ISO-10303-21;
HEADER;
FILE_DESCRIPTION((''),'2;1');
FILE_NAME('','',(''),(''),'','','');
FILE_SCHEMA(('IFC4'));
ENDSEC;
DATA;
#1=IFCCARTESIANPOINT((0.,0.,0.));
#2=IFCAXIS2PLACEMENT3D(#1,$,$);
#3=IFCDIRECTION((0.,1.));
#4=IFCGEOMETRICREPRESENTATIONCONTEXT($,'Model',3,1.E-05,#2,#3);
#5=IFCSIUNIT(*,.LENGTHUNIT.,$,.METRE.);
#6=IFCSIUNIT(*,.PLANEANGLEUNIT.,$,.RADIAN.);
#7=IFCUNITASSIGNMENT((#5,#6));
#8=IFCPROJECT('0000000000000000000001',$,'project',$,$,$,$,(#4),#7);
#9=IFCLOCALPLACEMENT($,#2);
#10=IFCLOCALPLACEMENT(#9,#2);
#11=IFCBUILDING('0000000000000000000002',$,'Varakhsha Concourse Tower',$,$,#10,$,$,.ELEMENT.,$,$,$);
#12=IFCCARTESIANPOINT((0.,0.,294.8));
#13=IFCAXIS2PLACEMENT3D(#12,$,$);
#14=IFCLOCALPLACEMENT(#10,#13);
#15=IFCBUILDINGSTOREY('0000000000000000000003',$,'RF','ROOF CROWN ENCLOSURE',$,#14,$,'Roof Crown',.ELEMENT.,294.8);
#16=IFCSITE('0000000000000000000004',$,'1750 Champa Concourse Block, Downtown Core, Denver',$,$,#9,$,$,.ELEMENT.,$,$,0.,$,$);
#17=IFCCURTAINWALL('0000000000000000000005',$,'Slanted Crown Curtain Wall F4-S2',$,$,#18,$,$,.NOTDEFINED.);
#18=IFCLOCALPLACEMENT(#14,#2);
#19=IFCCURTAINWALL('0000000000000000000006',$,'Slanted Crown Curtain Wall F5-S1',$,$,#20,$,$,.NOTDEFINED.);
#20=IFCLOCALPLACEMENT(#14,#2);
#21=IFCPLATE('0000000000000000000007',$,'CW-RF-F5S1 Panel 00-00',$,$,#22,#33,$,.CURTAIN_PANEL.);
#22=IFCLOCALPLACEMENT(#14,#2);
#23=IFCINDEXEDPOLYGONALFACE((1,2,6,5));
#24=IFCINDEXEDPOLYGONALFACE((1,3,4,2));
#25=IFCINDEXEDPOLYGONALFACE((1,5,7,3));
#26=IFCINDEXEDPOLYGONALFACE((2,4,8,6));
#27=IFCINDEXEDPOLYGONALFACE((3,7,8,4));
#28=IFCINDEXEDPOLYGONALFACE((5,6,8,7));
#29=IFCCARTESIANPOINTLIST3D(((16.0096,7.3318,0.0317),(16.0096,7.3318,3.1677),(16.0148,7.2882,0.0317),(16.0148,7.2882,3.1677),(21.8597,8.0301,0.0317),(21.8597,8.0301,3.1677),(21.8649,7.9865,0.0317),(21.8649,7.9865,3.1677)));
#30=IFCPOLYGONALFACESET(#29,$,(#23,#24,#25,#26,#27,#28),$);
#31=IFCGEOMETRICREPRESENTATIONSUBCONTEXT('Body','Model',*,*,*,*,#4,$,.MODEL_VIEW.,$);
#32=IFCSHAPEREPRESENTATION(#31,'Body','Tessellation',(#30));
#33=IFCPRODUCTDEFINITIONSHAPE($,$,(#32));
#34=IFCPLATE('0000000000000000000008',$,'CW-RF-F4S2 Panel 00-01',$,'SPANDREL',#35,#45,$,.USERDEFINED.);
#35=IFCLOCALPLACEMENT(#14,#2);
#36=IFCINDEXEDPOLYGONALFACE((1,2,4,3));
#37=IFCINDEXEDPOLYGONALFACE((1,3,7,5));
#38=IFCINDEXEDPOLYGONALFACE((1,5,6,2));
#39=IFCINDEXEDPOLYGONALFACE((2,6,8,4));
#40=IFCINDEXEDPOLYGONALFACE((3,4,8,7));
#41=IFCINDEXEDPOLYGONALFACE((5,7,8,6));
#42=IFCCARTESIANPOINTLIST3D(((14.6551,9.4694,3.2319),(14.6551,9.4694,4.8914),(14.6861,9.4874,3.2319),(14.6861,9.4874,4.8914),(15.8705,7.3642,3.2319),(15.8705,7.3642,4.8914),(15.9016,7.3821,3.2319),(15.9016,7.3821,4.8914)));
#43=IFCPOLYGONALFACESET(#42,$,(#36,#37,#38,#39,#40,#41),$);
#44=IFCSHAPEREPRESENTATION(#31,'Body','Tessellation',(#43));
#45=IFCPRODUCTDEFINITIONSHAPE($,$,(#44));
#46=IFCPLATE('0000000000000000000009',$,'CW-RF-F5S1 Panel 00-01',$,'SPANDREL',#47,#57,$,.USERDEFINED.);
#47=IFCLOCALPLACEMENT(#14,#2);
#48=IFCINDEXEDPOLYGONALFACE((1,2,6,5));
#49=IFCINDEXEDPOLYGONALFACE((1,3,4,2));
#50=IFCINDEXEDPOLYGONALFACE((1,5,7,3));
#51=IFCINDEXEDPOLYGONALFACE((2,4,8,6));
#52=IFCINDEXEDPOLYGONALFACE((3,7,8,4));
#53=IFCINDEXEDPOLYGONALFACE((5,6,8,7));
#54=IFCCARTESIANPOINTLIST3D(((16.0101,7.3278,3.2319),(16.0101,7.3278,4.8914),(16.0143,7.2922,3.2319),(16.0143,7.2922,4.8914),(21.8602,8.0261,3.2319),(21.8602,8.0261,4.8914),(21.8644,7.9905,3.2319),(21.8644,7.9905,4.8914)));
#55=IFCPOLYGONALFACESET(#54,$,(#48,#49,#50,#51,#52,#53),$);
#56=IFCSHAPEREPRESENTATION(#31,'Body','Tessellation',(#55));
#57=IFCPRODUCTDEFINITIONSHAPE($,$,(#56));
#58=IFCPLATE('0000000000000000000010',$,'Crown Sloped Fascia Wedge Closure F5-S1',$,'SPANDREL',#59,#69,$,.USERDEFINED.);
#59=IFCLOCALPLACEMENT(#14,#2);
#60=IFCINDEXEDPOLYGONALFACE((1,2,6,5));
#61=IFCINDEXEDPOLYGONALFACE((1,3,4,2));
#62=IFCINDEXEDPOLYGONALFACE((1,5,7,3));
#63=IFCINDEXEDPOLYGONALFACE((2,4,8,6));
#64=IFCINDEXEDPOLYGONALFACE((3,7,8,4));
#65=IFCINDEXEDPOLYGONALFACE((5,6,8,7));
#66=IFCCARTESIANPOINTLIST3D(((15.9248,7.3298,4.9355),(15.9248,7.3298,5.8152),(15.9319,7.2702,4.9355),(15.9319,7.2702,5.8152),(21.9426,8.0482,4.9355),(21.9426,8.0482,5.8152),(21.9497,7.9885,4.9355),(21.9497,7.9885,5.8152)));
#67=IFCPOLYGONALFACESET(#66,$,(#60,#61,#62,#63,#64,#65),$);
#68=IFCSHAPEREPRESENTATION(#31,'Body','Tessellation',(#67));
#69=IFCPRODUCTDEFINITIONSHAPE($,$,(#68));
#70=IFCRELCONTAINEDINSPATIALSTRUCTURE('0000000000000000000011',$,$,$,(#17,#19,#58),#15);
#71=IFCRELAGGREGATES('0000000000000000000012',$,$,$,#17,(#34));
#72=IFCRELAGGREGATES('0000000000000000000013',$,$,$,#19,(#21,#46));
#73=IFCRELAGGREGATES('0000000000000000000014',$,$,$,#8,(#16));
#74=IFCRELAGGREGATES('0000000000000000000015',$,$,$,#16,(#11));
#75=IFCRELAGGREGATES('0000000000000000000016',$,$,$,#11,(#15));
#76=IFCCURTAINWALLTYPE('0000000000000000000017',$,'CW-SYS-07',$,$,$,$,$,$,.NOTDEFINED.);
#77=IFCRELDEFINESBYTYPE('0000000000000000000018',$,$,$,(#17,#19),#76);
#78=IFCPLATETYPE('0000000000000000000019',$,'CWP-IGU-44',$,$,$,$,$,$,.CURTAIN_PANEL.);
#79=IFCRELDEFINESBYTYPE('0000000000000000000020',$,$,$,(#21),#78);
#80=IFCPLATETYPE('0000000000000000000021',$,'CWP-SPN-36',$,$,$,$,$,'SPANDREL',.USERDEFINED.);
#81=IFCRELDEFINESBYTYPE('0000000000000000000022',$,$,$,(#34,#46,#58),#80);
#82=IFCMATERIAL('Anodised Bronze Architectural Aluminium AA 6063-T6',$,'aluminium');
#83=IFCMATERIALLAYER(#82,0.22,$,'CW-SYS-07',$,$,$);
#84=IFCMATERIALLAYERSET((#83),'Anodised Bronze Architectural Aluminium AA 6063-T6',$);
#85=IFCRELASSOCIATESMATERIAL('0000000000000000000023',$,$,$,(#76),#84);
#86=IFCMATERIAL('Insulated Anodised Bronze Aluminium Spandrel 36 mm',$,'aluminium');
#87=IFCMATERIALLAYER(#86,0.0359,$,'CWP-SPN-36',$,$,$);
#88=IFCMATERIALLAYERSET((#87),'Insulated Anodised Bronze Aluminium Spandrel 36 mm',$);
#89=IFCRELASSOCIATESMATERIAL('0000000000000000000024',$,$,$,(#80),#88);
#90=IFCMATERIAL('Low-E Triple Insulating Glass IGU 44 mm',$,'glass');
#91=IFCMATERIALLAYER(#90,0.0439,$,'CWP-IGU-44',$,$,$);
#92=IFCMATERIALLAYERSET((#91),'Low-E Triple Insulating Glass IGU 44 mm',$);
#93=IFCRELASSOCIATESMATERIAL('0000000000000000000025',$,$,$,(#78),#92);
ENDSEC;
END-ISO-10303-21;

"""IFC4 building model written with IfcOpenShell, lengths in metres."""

from ifc_helpers import new_model, si_unit, direction, frame, origin, origin_2d, place, context, subcontext, project, spatial, rectangle, extrude, source, transform, mapped, material, layer, layer_set, type_object, type_shapes, element, aggregate, save


model = new_model("IFC4")

# Units and contexts
model_context = context("Model", 3, precision=1e-05, world=origin(), true_north=direction((0.0, 1.0)))
body_context = subcontext(model_context, "Body", "Model", "MODEL_VIEW")
ifc_project = project(units=[si_unit("LENGTHUNIT", "METRE"), si_unit("PLANEANGLEUNIT", "RADIAN")], contexts=[model_context])

# Site, building, storey
site_placement = place(None, origin())
site = spatial("IfcSite", under=ifc_project, at=site_placement, Name="1750 Champa Concourse Block, Downtown Core, Denver", CompositionType="ELEMENT", RefElevation=0.0)
building_placement = place(site_placement, origin())
building = spatial("IfcBuilding", under=site, at=building_placement, Name="Varakhsha Concourse Tower", CompositionType="ELEMENT")
storey_placement = place(building_placement, frame((0.0, 0.0, 294.8)))
storey = spatial("IfcBuildingStorey", under=building, at=storey_placement, Name="RF", Description="ROOF CROWN ENCLOSURE", LongName="Roof Crown", CompositionType="ELEMENT", Elevation=294.8)

# Curtain wall
ifc_material_1 = material(Name="Anodised Bronze Architectural Aluminium AA 6063-T6", Category="aluminium")
ifc_layer_1 = layer(ifc_material_1, 0.22, Name="CW-SYS-07")
ifc_layer_set_1 = layer_set([ifc_layer_1], Name="Anodised Bronze Architectural Aluminium AA 6063-T6")
curtain_wall_type = type_object("IfcCurtainWallType", Name="CW-SYS-07", PredefinedType="NOTDEFINED", material=ifc_layer_set_1)
curtain_wall_1_placement = place(storey_placement, origin())
curtain_wall_1 = element("IfcCurtainWall", 1, at=curtain_wall_1_placement, inside=storey, type_object=curtain_wall_type, Name="Slanted Crown Curtain Wall F4-S2", PredefinedType="NOTDEFINED")

# Curtain wall
curtain_wall_2_placement = place(storey_placement, origin())
curtain_wall_2 = element("IfcCurtainWall", 2, at=curtain_wall_2_placement, inside=storey, type_object=curtain_wall_type, Name="Slanted Crown Curtain Wall F5-S1", PredefinedType="NOTDEFINED")

# Plates
ifc_material_2 = material(Name="Insulated Anodised Bronze Aluminium Spandrel 36 mm", Category="aluminium")
ifc_layer_2 = layer(ifc_material_2, 0.0359, Name="CWP-SPN-36")
ifc_layer_set_2 = layer_set([ifc_layer_2], Name="Insulated Anodised Bronze Aluminium Spandrel 36 mm")
plate_type_1 = type_object("IfcPlateType", Name="CWP-SPN-36", ElementType="SPANDREL", PredefinedType="USERDEFINED", material=ifc_layer_set_2)
ifc_material_3 = material(Name="Low-E Triple Insulating Glass IGU 44 mm", Category="glass")
ifc_layer_3 = layer(ifc_material_3, 0.0439, Name="CWP-IGU-44")
ifc_layer_set_3 = layer_set([ifc_layer_3], Name="Low-E Triple Insulating Glass IGU 44 mm")
plate_type_2 = type_object("IfcPlateType", Name="CWP-IGU-44", PredefinedType="CURTAIN_PANEL", material=ifc_layer_set_3)
shared_shape_1 = source(origin(), body_context, "Body", "SweptSolid", [
    extrude(rectangle(XDim=5.8916, YDim=0.0439, at=origin_2d()), origin(), (0.0, 0.0, 1.0), 3.136),
])
type_shapes(plate_type_2, [shared_shape_1])
plate_1_placement = place(storey_placement, frame((18.9373, 7.6592, 0.0317), z_axis=(0.0, 0.0, 1.0), x_axis=(-0.992951, -0.118525, 0.0)))
plate_1 = element("IfcPlate", 3, at=plate_1_placement, type_object=plate_type_2, Name="CW-RF-F5S1 Panel 00-00", PredefinedType="CURTAIN_PANEL", context=body_context, shape_type="MappedRepresentation", body=[
    mapped(shared_shape_1, transform((0.0, 0.0, 0.0), scale=1.0)),
])
shared_shape_2 = source(origin(), body_context, "Body", "SweptSolid", [
    extrude(rectangle(XDim=2.4309, YDim=0.0359, at=origin_2d()), origin(), (0.0, 0.0, 1.0), 1.6594),
])
plate_2_placement = place(storey_placement, frame((15.2783, 8.4258, 3.2319), z_axis=(0.0, 0.0, 1.0), x_axis=(-0.499994, 0.866029, 0.0)))
plate_2 = element("IfcPlate", 4, at=plate_2_placement, type_object=plate_type_1, Name="CW-RF-F4S2 Panel 00-01", ObjectType="SPANDREL", PredefinedType="USERDEFINED", context=body_context, shape_type="MappedRepresentation", body=[
    mapped(shared_shape_2, transform((0.0, 0.0, 0.0), scale=1.0)),
])
aggregate(curtain_wall_1, [plate_2])
shared_shape_3 = source(origin(), body_context, "Body", "SweptSolid", [
    extrude(rectangle(XDim=5.8916, YDim=0.0359, at=origin_2d()), origin(), (0.0, 0.0, 1.0), 1.6594),
])
plate_3_placement = place(storey_placement, frame((18.9373, 7.6592, 3.2319), z_axis=(0.0, 0.0, 1.0), x_axis=(-0.992951, -0.118525, 0.0)))
plate_3 = element("IfcPlate", 5, at=plate_3_placement, type_object=plate_type_1, Name="CW-RF-F5S1 Panel 00-01", ObjectType="SPANDREL", PredefinedType="USERDEFINED", context=body_context, shape_type="MappedRepresentation", body=[
    mapped(shared_shape_3, transform((0.0, 0.0, 0.0), scale=1.0)),
])
aggregate(curtain_wall_2, [plate_1, plate_3])
shared_shape_4 = source(origin(), body_context, "Body", "SweptSolid", [
    extrude(rectangle(XDim=6.0605, YDim=0.0601, at=origin_2d()), origin(), (0.0, 0.0, 1.0), 0.8796),
])
plate_4_placement = place(storey_placement, frame((18.9373, 7.6592, 4.9355), z_axis=(0.0, 0.0, 1.0), x_axis=(-0.992951, -0.118525, 0.0)))
element("IfcPlate", 6, at=plate_4_placement, inside=storey, type_object=plate_type_1, Name="Crown Sloped Fascia Wedge Closure F5-S1", ObjectType="SPANDREL", PredefinedType="USERDEFINED", context=body_context, shape_type="MappedRepresentation", body=[
    mapped(shared_shape_4, transform((0.0, 0.0, 0.0), scale=1.0)),
])

save(model, "model.ifc")
